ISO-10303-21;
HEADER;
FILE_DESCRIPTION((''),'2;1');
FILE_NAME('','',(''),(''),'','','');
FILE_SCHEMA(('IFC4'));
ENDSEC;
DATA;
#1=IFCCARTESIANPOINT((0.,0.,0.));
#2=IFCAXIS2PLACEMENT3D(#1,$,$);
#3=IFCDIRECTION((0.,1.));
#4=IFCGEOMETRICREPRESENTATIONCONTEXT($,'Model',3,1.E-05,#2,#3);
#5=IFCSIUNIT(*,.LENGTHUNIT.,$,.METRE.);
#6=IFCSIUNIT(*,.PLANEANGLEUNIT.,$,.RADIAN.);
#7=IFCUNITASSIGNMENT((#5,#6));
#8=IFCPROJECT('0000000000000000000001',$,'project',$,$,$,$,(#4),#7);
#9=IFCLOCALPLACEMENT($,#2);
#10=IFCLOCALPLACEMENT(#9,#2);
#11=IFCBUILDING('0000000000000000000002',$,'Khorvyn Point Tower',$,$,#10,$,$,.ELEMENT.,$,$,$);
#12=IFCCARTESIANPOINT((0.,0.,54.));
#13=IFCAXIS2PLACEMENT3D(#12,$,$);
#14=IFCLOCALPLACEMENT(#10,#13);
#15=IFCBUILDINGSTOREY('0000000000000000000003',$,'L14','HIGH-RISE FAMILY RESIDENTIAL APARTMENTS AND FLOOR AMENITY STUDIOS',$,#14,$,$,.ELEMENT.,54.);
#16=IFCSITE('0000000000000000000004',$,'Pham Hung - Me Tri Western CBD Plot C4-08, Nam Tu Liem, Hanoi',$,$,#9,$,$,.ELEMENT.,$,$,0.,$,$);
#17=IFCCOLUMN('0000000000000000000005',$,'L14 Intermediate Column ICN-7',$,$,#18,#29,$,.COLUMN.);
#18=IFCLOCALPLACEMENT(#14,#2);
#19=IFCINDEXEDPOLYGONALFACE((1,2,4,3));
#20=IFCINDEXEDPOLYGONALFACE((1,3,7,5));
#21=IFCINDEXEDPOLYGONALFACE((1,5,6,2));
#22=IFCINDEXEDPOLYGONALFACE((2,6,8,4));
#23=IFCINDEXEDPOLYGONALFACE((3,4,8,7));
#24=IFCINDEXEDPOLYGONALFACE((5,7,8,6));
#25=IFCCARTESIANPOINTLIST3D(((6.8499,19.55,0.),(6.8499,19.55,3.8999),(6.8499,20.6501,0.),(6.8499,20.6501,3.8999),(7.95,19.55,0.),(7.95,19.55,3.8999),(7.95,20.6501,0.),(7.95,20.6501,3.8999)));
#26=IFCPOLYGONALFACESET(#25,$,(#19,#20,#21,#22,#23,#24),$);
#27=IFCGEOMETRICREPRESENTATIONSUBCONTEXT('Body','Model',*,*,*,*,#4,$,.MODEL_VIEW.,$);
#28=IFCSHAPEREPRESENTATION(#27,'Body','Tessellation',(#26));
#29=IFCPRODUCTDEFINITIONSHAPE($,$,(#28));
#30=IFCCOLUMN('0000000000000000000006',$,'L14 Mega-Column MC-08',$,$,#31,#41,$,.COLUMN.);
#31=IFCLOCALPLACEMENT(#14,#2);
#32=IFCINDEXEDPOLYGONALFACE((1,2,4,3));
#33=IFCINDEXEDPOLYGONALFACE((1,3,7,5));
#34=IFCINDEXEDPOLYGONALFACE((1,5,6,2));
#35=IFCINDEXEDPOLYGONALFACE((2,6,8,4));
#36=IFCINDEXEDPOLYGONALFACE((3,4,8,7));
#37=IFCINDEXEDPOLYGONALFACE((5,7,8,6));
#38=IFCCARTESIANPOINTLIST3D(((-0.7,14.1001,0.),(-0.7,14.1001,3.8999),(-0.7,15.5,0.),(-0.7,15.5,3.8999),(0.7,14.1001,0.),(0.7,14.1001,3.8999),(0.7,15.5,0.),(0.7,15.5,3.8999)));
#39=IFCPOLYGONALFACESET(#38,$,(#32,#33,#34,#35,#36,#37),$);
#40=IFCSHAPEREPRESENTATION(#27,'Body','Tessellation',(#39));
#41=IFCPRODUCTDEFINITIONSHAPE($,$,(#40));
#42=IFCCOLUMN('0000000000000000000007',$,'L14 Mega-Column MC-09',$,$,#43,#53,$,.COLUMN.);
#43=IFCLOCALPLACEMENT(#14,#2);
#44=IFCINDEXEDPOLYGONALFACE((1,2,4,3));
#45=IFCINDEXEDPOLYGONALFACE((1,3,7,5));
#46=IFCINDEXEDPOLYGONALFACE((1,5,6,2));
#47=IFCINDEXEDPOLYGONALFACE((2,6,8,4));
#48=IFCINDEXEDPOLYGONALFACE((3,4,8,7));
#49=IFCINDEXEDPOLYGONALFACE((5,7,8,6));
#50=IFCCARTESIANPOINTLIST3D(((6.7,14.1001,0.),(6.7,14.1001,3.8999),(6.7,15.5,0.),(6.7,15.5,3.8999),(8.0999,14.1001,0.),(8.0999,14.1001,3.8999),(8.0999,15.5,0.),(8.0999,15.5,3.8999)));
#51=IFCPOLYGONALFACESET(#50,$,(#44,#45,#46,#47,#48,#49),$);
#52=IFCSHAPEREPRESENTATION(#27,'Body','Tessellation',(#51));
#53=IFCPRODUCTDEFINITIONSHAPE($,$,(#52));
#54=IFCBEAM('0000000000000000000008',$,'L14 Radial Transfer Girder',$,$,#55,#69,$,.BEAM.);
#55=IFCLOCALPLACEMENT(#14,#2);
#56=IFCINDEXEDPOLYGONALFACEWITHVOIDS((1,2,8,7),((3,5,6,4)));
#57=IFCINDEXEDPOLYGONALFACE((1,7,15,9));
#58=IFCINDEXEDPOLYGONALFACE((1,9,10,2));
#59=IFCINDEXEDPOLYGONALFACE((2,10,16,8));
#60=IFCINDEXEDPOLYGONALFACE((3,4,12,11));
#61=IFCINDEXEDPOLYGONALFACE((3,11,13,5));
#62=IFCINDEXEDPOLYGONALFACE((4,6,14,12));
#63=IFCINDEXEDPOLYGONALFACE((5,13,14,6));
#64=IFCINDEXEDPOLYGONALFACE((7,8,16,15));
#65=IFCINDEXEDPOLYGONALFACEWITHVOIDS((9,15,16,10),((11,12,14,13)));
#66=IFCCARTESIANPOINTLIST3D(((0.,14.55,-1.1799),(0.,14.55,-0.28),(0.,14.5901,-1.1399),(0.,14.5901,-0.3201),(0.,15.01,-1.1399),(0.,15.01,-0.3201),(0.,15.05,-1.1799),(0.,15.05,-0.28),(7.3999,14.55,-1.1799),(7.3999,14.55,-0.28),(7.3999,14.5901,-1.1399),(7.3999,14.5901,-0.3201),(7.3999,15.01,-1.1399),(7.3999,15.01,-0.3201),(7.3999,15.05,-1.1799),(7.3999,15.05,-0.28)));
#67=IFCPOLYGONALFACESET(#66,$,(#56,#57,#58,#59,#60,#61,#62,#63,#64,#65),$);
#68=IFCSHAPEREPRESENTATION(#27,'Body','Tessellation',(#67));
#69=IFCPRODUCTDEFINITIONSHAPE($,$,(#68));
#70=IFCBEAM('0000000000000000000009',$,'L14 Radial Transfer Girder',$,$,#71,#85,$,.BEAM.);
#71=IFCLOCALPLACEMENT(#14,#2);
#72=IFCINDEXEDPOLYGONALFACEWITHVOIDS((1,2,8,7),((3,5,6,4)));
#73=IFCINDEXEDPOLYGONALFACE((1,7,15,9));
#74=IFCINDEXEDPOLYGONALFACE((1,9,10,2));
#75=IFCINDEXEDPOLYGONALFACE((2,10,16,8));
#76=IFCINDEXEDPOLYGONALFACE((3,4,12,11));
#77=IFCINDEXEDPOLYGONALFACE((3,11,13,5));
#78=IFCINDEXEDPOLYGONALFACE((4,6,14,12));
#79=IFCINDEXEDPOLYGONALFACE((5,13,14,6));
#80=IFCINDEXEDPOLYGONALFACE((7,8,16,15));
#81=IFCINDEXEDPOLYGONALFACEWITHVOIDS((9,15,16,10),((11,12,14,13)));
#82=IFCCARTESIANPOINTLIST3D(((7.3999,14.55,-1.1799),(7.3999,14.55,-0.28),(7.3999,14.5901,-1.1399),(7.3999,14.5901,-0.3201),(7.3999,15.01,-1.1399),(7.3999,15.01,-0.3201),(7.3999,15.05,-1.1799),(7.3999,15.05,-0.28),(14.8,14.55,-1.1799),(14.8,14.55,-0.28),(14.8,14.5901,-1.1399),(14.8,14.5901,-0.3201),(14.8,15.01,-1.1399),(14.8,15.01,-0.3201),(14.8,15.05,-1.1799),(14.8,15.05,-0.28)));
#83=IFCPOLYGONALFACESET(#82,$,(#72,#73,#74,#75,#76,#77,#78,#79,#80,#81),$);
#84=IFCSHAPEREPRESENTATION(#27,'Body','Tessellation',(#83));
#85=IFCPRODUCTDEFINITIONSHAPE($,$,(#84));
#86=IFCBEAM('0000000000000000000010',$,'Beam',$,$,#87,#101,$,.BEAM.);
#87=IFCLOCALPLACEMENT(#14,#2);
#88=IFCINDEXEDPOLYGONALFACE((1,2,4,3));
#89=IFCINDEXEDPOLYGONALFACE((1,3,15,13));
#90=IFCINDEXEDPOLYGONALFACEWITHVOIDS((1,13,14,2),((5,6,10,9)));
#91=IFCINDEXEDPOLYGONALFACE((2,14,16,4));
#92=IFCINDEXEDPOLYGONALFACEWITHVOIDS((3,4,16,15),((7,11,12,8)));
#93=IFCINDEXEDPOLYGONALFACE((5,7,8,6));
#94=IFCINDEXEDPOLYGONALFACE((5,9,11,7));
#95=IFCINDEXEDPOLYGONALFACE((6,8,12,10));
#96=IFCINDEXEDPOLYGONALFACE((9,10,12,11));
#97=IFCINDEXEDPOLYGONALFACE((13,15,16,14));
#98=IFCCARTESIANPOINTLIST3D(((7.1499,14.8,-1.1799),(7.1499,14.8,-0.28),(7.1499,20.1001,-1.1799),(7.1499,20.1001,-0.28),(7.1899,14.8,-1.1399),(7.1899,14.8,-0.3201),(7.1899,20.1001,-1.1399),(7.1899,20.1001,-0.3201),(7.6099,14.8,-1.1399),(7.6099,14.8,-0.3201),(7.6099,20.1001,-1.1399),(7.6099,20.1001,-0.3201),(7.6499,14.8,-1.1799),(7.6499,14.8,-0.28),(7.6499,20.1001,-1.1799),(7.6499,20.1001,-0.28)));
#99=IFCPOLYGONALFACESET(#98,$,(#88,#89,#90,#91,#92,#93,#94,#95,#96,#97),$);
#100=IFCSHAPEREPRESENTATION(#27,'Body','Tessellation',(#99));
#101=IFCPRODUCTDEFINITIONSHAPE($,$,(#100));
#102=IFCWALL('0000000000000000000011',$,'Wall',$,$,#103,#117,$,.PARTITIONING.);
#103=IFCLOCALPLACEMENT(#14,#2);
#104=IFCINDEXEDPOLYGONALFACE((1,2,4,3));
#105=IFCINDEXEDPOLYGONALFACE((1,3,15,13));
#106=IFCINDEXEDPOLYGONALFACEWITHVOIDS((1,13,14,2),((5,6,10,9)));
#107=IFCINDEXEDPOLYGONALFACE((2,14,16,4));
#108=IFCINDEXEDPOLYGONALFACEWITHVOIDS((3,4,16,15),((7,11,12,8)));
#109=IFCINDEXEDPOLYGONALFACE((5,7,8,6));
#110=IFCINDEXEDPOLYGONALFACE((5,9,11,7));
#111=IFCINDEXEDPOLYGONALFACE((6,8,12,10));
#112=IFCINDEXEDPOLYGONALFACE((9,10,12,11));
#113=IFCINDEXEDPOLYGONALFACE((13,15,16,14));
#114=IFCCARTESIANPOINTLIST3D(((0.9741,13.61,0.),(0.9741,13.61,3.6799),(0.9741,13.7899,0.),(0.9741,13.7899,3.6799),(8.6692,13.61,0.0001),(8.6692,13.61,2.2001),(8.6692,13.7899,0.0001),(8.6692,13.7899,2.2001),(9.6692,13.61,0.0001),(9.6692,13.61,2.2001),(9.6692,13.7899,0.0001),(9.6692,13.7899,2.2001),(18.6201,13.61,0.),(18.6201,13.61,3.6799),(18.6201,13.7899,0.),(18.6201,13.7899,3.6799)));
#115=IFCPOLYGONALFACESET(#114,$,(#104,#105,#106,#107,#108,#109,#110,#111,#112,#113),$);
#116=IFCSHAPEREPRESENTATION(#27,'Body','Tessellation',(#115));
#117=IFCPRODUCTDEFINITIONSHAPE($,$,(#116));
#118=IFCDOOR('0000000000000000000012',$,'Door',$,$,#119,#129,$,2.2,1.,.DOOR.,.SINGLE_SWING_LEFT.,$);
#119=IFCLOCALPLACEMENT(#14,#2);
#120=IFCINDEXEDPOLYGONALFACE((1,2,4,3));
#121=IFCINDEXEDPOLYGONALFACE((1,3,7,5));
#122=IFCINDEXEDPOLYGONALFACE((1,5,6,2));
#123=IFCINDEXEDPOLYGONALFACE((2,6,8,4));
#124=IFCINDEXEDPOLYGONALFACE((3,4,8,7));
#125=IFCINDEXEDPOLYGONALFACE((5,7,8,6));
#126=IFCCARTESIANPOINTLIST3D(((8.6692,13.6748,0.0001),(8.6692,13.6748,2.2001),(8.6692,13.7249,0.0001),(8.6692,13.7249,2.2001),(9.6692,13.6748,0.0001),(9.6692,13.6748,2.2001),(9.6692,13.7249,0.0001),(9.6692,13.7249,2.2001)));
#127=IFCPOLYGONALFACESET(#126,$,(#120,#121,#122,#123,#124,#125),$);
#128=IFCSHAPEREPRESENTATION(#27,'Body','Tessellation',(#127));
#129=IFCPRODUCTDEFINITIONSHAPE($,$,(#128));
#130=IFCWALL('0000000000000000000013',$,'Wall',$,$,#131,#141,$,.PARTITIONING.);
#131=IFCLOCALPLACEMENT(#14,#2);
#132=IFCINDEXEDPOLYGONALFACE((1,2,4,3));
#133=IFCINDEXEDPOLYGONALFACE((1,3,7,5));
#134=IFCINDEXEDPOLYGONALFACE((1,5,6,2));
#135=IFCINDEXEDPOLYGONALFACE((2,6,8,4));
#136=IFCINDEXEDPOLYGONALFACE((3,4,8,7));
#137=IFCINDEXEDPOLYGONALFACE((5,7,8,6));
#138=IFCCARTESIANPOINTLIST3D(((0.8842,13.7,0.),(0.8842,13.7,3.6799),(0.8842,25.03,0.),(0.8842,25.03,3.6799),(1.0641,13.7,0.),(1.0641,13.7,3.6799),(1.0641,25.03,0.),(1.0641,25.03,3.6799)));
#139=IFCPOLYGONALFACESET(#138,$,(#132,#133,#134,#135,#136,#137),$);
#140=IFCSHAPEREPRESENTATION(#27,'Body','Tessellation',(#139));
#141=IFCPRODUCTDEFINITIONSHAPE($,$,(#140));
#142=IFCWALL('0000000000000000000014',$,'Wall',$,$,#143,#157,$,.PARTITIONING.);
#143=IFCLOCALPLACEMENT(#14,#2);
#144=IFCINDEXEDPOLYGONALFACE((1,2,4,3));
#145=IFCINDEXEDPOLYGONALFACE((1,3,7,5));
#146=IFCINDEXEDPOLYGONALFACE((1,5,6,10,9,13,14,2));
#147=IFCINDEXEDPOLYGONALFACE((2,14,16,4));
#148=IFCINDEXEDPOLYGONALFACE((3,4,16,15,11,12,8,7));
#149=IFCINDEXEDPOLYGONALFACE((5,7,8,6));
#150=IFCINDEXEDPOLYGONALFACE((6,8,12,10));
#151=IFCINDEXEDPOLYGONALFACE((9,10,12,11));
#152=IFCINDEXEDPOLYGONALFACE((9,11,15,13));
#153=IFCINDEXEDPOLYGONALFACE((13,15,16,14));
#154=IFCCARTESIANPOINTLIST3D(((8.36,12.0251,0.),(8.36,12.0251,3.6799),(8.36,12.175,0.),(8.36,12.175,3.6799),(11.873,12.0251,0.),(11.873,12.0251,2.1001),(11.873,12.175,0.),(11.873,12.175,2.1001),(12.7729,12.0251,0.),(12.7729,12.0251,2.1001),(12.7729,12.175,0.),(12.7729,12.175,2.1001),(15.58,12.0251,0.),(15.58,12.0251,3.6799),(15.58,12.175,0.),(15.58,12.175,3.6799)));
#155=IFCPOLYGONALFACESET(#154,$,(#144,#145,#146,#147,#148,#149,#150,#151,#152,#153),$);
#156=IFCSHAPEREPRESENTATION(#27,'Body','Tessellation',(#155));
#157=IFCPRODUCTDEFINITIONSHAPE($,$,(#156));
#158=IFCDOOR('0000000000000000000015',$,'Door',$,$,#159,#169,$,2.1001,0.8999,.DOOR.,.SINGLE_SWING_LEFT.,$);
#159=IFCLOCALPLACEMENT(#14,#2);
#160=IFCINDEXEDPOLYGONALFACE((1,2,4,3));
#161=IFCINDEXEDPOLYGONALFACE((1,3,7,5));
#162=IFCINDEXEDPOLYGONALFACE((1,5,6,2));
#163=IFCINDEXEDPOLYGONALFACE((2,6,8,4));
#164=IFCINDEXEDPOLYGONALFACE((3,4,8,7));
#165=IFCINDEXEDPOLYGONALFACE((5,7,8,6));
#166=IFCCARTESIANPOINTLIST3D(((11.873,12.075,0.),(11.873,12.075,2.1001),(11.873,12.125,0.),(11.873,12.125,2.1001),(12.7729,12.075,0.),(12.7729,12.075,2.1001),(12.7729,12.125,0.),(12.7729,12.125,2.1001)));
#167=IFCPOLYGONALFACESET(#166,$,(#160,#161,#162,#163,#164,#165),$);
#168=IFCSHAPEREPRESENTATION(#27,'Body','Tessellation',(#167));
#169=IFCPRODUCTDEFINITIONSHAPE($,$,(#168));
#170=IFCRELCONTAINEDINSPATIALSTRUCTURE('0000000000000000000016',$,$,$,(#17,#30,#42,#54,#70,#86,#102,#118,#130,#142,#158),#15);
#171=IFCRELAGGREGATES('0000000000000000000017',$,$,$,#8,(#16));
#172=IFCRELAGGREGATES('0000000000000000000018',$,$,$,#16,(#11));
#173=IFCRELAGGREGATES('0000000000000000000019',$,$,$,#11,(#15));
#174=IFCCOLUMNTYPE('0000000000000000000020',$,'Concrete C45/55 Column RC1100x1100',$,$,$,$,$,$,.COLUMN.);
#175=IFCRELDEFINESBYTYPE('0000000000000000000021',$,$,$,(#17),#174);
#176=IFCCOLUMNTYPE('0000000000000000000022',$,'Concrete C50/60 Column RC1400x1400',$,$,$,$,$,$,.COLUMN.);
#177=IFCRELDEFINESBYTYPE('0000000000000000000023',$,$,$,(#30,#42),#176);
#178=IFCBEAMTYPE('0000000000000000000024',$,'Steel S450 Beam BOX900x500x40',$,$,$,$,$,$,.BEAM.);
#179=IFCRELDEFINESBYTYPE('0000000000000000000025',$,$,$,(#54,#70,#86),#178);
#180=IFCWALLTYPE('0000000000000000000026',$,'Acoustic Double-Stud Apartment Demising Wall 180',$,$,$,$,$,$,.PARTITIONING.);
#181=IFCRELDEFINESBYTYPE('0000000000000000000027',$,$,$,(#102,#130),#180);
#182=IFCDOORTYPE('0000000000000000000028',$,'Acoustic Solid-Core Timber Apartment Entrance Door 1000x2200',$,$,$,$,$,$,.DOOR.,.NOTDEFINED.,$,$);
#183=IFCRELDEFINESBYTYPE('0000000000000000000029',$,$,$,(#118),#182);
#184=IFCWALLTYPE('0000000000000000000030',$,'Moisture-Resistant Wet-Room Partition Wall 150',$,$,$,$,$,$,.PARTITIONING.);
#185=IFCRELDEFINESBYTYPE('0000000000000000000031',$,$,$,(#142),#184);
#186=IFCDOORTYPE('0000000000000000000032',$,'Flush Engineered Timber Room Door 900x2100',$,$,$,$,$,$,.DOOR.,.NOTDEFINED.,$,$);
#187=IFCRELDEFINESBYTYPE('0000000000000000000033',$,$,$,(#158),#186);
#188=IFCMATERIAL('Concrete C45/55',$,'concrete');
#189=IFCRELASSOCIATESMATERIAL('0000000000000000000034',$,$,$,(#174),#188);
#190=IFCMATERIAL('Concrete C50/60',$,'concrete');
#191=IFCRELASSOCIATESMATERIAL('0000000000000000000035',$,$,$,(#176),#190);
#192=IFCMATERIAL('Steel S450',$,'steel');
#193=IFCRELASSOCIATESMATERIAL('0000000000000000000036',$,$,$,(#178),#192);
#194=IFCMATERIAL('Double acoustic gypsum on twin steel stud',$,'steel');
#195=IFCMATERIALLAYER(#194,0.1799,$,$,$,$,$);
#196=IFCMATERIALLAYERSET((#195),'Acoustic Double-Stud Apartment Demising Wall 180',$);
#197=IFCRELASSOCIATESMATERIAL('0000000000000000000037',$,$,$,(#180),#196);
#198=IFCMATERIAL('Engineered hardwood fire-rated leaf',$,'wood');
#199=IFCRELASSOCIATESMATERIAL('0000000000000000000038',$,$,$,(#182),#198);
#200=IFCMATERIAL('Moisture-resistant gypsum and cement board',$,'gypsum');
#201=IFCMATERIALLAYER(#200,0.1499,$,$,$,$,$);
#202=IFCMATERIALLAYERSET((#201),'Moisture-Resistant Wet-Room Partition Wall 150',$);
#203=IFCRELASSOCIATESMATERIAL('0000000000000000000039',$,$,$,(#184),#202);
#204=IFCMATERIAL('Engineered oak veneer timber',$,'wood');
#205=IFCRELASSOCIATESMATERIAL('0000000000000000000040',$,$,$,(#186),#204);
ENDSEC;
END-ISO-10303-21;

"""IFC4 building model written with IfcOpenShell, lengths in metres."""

from ifc_helpers import new_model, si_unit, direction, frame, frame_2d, origin, origin_2d, place, context, subcontext, project, spatial, rectangle, hollow_rectangle, extrude, material, layer, layer_set, material_profile, profile_set, type_object, element, fill, save


model = new_model("IFC4")

# Units and contexts
model_context = context("Model", 3, precision=1e-05, world=origin(), true_north=direction((0.0, 1.0)))
body_context = subcontext(model_context, "Body", "Model", "MODEL_VIEW")
ifc_project = project(units=[si_unit("LENGTHUNIT", "METRE"), si_unit("PLANEANGLEUNIT", "RADIAN")], contexts=[model_context])

# Site, building, storey
site_placement = place(None, origin())
site = spatial("IfcSite", under=ifc_project, at=site_placement, Name="Pham Hung - Me Tri Western CBD Plot C4-08, Nam Tu Liem, Hanoi", CompositionType="ELEMENT", RefElevation=0.0)
building_placement = place(site_placement, origin())
building = spatial("IfcBuilding", under=site, at=building_placement, Name="Khorvyn Point Tower", CompositionType="ELEMENT")
storey_placement = place(building_placement, frame((0.0, 0.0, 54.0)))
storey = spatial("IfcBuildingStorey", under=building, at=storey_placement, Name="L14", Description="HIGH-RISE FAMILY RESIDENTIAL APARTMENTS AND FLOOR AMENITY STUDIOS", CompositionType="ELEMENT", Elevation=54.0)

# Columns
ifc_material_1 = material(Name="Concrete C45/55", Category="concrete")
ifc_material_profile_1 = material_profile(ifc_material_1, rectangle(XDim=1.1001, YDim=1.1001, at=origin_2d()))
ifc_profile_set_1 = profile_set([ifc_material_profile_1], Name="Concrete C45/55 RC1100x1100")
column_type_1 = type_object("IfcColumnType", Name="Concrete C45/55 Column RC1100x1100", PredefinedType="COLUMN", material=ifc_profile_set_1)
column_placement = place(storey_placement, frame((7.3999, 20.1001, 0.0), z_axis=(0.0, 0.0, 1.0), x_axis=(1.0, 0.0, 0.0)))
element("IfcColumn", 1, at=column_placement, inside=storey, type_object=column_type_1, Name="L14 Intermediate Column ICN-7", PredefinedType="COLUMN", context=body_context, shape_type="SweptSolid", body=[
    extrude(rectangle(XDim=1.1001, YDim=1.1001, at=origin_2d()), origin(), (0.0, 0.0, 1.0), 3.8999),
])
ifc_material_2 = material(Name="Concrete C50/60", Category="concrete")
ifc_material_profile_2 = material_profile(ifc_material_2, rectangle(XDim=1.3999, YDim=1.3999, at=origin_2d()))
ifc_profile_set_2 = profile_set([ifc_material_profile_2], Name="Concrete C50/60 RC1400x1400")
column_type_2 = type_object("IfcColumnType", Name="Concrete C50/60 Column RC1400x1400", PredefinedType="COLUMN", material=ifc_profile_set_2)
for number, where, z_axis, x_axis, name in (
    (2, (0.0, 14.8, 0.0), (0.0, 0.0, 1.0), (1.0, 0.0, 0.0), "L14 Mega-Column MC-08"),
    (3, (7.3999, 14.8, 0.0), (0.0, 0.0, 1.0), (1.0, 0.0, 0.0), "L14 Mega-Column MC-09"),
):
    element("IfcColumn", number, at=place(storey_placement, frame(where, z_axis=z_axis, x_axis=x_axis)), inside=storey, type_object=column_type_2, Name=name, PredefinedType="COLUMN", context=body_context, shape_type="SweptSolid", body=[
        extrude(rectangle(XDim=1.3999, YDim=1.3999, at=origin_2d()), origin(), (0.0, 0.0, 1.0), 3.8999),
    ])

# Beams
ifc_material_3 = material(Name="Steel S450", Category="steel")
ifc_material_profile_3 = material_profile(ifc_material_3, hollow_rectangle(XDim=0.5, YDim=0.8999, WallThickness=0.04, at=origin_2d()))
ifc_profile_set_3 = profile_set([ifc_material_profile_3], Name="Steel S450 BOX900x500x40")
beam_type = type_object("IfcBeamType", Name="Steel S450 Beam BOX900x500x40", PredefinedType="BEAM", material=ifc_profile_set_3)
beam_1_placement = place(storey_placement, frame((0.0, 14.8, -0.73), z_axis=(1.0, 0.0, 0.0), x_axis=(0.0, 1.0, 0.0)))
element("IfcBeam", 4, at=beam_1_placement, inside=storey, type_object=beam_type, Name="L14 Radial Transfer Girder", PredefinedType="BEAM", context=body_context, shape_type="SweptSolid", body=[
    extrude(hollow_rectangle(XDim=0.5, YDim=0.8999, WallThickness=0.04, at=origin_2d()), origin(), (0.0, 0.0, 1.0), 7.3999),
])
beam_2_placement = place(storey_placement, frame((7.3999, 14.8, -0.73), z_axis=(1.0, 0.0, 0.0), x_axis=(0.0, 1.0, 0.0)))
element("IfcBeam", 5, at=beam_2_placement, inside=storey, type_object=beam_type, Name="L14 Radial Transfer Girder", PredefinedType="BEAM", context=body_context, shape_type="SweptSolid", body=[
    extrude(hollow_rectangle(XDim=0.5, YDim=0.8999, WallThickness=0.04, at=origin_2d()), origin(), (0.0, 0.0, 1.0), 7.4001),
])
beam_3_placement = place(storey_placement, frame((7.3999, 14.8, -0.73), z_axis=(0.0, 1.0, 0.0), x_axis=(-1.0, 0.0, 0.0)))
element("IfcBeam", 6, at=beam_3_placement, inside=storey, type_object=beam_type, Name="Beam", PredefinedType="BEAM", context=body_context, shape_type="SweptSolid", body=[
    extrude(hollow_rectangle(XDim=0.5, YDim=0.8999, WallThickness=0.04, at=origin_2d()), origin(), (0.0, 0.0, 1.0), 5.3),
])

# Wall, opening, door
ifc_material_4 = material(Name="Double acoustic gypsum on twin steel stud", Category="steel")
ifc_layer_1 = layer(ifc_material_4, 0.1799)
ifc_layer_set_1 = layer_set([ifc_layer_1], Name="Acoustic Double-Stud Apartment Demising Wall 180")
wall_type_1 = type_object("IfcWallType", Name="Acoustic Double-Stud Apartment Demising Wall 180", PredefinedType="PARTITIONING", material=ifc_layer_set_1)
wall_1_placement = place(storey_placement, frame((0.9741, 13.7, 0.0), z_axis=(0.0, 0.0, 1.0), x_axis=(1.0, 0.0, 0.0)))
wall_1 = element("IfcWall", 7, at=wall_1_placement, inside=storey, type_object=wall_type_1, Name="Wall", PredefinedType="PARTITIONING", context=body_context, shape_type="SweptSolid", body=[
    extrude(rectangle(XDim=17.646, YDim=0.1799, at=frame_2d((8.823, 0.0))), origin(), (0.0, 0.0, 1.0), 3.6799),
])
opening_1_placement = place(wall_1_placement, frame((7.6951, 0.0, 0.0)))
opening_1 = element("IfcOpeningElement", 8, at=opening_1_placement, cuts=wall_1, PredefinedType="OPENING", context=body_context, shape_type="SweptSolid", body=[
    extrude(rectangle(XDim=1.0, YDim=2.2, at=frame_2d((0.5, 1.1001))), frame((0.0, 0.0999, 0.0), z_axis=(0.0, -1.0, 0.0), x_axis=(1.0, 0.0, 0.0)), (0.0, 0.0, 1.0), 0.2),
])
ifc_material_5 = material(Name="Engineered hardwood fire-rated leaf", Category="wood")
door_type_1 = type_object("IfcDoorType", Name="Acoustic Solid-Core Timber Apartment Entrance Door 1000x2200", OperationType="NOTDEFINED", PredefinedType="DOOR", material=ifc_material_5)
door_1_placement = place(opening_1_placement, origin())
door_1 = element("IfcDoor", 9, at=door_1_placement, inside=storey, type_object=door_type_1, Name="Door", OperationType="SINGLE_SWING_LEFT", OverallHeight=2.2, OverallWidth=1.0, PredefinedType="DOOR", context=body_context, shape_type="SweptSolid", body=[
    extrude(rectangle(XDim=1.0, YDim=2.2, at=frame_2d((0.5, 1.1001))), frame((0.0, 0.0249, 0.0), z_axis=(0.0, -1.0, 0.0), x_axis=(1.0, 0.0, 0.0)), (0.0, 0.0, 1.0), 0.05),
])
fill(opening_1, door_1)

# Wall
wall_2_placement = place(storey_placement, frame((0.9741, 13.7, 0.0), z_axis=(0.0, 0.0, 1.0), x_axis=(0.0, 1.0, 0.0)))
element("IfcWall", 10, at=wall_2_placement, inside=storey, type_object=wall_type_1, Name="Wall", PredefinedType="PARTITIONING", context=body_context, shape_type="SweptSolid", body=[
    extrude(rectangle(XDim=11.3301, YDim=0.1799, at=frame_2d((5.665, 0.0))), origin(), (0.0, 0.0, 1.0), 3.6799),
])

# Wall, opening, door
ifc_material_6 = material(Name="Moisture-resistant gypsum and cement board", Category="gypsum")
ifc_layer_2 = layer(ifc_material_6, 0.1499)
ifc_layer_set_2 = layer_set([ifc_layer_2], Name="Moisture-Resistant Wet-Room Partition Wall 150")
wall_type_2 = type_object("IfcWallType", Name="Moisture-Resistant Wet-Room Partition Wall 150", PredefinedType="PARTITIONING", material=ifc_layer_set_2)
wall_3_placement = place(storey_placement, frame((8.3601, 12.1001, 0.0), z_axis=(0.0, 0.0, 1.0), x_axis=(1.0, 0.0, 0.0)))
wall_3 = element("IfcWall", 11, at=wall_3_placement, inside=storey, type_object=wall_type_2, Name="Wall", PredefinedType="PARTITIONING", context=body_context, shape_type="SweptSolid", body=[
    extrude(rectangle(XDim=7.22, YDim=0.1499, at=frame_2d((3.6099, 0.0))), origin(), (0.0, 0.0, 1.0), 3.6799),
])
opening_2_placement = place(wall_3_placement, frame((3.5129, 0.0, 0.0)))
opening_2 = element("IfcOpeningElement", 12, at=opening_2_placement, cuts=wall_3, PredefinedType="OPENING", context=body_context, shape_type="SweptSolid", body=[
    extrude(rectangle(XDim=0.8999, YDim=2.1001, at=frame_2d((0.45, 1.05))), frame((0.0, 0.085, 0.0), z_axis=(0.0, -1.0, 0.0), x_axis=(1.0, 0.0, 0.0)), (0.0, 0.0, 1.0), 0.1699),
])
ifc_material_7 = material(Name="Engineered oak veneer timber", Category="wood")
door_type_2 = type_object("IfcDoorType", Name="Flush Engineered Timber Room Door 900x2100", OperationType="NOTDEFINED", PredefinedType="DOOR", material=ifc_material_7)
door_2_placement = place(opening_2_placement, origin())
door_2 = element("IfcDoor", 13, at=door_2_placement, inside=storey, type_object=door_type_2, Name="Door", OperationType="SINGLE_SWING_LEFT", OverallHeight=2.1001, OverallWidth=0.8999, PredefinedType="DOOR", context=body_context, shape_type="SweptSolid", body=[
    extrude(rectangle(XDim=0.8999, YDim=2.1001, at=frame_2d((0.45, 1.05))), frame((0.0, 0.0249, 0.0), z_axis=(0.0, -1.0, 0.0), x_axis=(1.0, 0.0, 0.0)), (0.0, 0.0, 1.0), 0.05),
])
fill(opening_2, door_2)

save(model, "model.ifc")
